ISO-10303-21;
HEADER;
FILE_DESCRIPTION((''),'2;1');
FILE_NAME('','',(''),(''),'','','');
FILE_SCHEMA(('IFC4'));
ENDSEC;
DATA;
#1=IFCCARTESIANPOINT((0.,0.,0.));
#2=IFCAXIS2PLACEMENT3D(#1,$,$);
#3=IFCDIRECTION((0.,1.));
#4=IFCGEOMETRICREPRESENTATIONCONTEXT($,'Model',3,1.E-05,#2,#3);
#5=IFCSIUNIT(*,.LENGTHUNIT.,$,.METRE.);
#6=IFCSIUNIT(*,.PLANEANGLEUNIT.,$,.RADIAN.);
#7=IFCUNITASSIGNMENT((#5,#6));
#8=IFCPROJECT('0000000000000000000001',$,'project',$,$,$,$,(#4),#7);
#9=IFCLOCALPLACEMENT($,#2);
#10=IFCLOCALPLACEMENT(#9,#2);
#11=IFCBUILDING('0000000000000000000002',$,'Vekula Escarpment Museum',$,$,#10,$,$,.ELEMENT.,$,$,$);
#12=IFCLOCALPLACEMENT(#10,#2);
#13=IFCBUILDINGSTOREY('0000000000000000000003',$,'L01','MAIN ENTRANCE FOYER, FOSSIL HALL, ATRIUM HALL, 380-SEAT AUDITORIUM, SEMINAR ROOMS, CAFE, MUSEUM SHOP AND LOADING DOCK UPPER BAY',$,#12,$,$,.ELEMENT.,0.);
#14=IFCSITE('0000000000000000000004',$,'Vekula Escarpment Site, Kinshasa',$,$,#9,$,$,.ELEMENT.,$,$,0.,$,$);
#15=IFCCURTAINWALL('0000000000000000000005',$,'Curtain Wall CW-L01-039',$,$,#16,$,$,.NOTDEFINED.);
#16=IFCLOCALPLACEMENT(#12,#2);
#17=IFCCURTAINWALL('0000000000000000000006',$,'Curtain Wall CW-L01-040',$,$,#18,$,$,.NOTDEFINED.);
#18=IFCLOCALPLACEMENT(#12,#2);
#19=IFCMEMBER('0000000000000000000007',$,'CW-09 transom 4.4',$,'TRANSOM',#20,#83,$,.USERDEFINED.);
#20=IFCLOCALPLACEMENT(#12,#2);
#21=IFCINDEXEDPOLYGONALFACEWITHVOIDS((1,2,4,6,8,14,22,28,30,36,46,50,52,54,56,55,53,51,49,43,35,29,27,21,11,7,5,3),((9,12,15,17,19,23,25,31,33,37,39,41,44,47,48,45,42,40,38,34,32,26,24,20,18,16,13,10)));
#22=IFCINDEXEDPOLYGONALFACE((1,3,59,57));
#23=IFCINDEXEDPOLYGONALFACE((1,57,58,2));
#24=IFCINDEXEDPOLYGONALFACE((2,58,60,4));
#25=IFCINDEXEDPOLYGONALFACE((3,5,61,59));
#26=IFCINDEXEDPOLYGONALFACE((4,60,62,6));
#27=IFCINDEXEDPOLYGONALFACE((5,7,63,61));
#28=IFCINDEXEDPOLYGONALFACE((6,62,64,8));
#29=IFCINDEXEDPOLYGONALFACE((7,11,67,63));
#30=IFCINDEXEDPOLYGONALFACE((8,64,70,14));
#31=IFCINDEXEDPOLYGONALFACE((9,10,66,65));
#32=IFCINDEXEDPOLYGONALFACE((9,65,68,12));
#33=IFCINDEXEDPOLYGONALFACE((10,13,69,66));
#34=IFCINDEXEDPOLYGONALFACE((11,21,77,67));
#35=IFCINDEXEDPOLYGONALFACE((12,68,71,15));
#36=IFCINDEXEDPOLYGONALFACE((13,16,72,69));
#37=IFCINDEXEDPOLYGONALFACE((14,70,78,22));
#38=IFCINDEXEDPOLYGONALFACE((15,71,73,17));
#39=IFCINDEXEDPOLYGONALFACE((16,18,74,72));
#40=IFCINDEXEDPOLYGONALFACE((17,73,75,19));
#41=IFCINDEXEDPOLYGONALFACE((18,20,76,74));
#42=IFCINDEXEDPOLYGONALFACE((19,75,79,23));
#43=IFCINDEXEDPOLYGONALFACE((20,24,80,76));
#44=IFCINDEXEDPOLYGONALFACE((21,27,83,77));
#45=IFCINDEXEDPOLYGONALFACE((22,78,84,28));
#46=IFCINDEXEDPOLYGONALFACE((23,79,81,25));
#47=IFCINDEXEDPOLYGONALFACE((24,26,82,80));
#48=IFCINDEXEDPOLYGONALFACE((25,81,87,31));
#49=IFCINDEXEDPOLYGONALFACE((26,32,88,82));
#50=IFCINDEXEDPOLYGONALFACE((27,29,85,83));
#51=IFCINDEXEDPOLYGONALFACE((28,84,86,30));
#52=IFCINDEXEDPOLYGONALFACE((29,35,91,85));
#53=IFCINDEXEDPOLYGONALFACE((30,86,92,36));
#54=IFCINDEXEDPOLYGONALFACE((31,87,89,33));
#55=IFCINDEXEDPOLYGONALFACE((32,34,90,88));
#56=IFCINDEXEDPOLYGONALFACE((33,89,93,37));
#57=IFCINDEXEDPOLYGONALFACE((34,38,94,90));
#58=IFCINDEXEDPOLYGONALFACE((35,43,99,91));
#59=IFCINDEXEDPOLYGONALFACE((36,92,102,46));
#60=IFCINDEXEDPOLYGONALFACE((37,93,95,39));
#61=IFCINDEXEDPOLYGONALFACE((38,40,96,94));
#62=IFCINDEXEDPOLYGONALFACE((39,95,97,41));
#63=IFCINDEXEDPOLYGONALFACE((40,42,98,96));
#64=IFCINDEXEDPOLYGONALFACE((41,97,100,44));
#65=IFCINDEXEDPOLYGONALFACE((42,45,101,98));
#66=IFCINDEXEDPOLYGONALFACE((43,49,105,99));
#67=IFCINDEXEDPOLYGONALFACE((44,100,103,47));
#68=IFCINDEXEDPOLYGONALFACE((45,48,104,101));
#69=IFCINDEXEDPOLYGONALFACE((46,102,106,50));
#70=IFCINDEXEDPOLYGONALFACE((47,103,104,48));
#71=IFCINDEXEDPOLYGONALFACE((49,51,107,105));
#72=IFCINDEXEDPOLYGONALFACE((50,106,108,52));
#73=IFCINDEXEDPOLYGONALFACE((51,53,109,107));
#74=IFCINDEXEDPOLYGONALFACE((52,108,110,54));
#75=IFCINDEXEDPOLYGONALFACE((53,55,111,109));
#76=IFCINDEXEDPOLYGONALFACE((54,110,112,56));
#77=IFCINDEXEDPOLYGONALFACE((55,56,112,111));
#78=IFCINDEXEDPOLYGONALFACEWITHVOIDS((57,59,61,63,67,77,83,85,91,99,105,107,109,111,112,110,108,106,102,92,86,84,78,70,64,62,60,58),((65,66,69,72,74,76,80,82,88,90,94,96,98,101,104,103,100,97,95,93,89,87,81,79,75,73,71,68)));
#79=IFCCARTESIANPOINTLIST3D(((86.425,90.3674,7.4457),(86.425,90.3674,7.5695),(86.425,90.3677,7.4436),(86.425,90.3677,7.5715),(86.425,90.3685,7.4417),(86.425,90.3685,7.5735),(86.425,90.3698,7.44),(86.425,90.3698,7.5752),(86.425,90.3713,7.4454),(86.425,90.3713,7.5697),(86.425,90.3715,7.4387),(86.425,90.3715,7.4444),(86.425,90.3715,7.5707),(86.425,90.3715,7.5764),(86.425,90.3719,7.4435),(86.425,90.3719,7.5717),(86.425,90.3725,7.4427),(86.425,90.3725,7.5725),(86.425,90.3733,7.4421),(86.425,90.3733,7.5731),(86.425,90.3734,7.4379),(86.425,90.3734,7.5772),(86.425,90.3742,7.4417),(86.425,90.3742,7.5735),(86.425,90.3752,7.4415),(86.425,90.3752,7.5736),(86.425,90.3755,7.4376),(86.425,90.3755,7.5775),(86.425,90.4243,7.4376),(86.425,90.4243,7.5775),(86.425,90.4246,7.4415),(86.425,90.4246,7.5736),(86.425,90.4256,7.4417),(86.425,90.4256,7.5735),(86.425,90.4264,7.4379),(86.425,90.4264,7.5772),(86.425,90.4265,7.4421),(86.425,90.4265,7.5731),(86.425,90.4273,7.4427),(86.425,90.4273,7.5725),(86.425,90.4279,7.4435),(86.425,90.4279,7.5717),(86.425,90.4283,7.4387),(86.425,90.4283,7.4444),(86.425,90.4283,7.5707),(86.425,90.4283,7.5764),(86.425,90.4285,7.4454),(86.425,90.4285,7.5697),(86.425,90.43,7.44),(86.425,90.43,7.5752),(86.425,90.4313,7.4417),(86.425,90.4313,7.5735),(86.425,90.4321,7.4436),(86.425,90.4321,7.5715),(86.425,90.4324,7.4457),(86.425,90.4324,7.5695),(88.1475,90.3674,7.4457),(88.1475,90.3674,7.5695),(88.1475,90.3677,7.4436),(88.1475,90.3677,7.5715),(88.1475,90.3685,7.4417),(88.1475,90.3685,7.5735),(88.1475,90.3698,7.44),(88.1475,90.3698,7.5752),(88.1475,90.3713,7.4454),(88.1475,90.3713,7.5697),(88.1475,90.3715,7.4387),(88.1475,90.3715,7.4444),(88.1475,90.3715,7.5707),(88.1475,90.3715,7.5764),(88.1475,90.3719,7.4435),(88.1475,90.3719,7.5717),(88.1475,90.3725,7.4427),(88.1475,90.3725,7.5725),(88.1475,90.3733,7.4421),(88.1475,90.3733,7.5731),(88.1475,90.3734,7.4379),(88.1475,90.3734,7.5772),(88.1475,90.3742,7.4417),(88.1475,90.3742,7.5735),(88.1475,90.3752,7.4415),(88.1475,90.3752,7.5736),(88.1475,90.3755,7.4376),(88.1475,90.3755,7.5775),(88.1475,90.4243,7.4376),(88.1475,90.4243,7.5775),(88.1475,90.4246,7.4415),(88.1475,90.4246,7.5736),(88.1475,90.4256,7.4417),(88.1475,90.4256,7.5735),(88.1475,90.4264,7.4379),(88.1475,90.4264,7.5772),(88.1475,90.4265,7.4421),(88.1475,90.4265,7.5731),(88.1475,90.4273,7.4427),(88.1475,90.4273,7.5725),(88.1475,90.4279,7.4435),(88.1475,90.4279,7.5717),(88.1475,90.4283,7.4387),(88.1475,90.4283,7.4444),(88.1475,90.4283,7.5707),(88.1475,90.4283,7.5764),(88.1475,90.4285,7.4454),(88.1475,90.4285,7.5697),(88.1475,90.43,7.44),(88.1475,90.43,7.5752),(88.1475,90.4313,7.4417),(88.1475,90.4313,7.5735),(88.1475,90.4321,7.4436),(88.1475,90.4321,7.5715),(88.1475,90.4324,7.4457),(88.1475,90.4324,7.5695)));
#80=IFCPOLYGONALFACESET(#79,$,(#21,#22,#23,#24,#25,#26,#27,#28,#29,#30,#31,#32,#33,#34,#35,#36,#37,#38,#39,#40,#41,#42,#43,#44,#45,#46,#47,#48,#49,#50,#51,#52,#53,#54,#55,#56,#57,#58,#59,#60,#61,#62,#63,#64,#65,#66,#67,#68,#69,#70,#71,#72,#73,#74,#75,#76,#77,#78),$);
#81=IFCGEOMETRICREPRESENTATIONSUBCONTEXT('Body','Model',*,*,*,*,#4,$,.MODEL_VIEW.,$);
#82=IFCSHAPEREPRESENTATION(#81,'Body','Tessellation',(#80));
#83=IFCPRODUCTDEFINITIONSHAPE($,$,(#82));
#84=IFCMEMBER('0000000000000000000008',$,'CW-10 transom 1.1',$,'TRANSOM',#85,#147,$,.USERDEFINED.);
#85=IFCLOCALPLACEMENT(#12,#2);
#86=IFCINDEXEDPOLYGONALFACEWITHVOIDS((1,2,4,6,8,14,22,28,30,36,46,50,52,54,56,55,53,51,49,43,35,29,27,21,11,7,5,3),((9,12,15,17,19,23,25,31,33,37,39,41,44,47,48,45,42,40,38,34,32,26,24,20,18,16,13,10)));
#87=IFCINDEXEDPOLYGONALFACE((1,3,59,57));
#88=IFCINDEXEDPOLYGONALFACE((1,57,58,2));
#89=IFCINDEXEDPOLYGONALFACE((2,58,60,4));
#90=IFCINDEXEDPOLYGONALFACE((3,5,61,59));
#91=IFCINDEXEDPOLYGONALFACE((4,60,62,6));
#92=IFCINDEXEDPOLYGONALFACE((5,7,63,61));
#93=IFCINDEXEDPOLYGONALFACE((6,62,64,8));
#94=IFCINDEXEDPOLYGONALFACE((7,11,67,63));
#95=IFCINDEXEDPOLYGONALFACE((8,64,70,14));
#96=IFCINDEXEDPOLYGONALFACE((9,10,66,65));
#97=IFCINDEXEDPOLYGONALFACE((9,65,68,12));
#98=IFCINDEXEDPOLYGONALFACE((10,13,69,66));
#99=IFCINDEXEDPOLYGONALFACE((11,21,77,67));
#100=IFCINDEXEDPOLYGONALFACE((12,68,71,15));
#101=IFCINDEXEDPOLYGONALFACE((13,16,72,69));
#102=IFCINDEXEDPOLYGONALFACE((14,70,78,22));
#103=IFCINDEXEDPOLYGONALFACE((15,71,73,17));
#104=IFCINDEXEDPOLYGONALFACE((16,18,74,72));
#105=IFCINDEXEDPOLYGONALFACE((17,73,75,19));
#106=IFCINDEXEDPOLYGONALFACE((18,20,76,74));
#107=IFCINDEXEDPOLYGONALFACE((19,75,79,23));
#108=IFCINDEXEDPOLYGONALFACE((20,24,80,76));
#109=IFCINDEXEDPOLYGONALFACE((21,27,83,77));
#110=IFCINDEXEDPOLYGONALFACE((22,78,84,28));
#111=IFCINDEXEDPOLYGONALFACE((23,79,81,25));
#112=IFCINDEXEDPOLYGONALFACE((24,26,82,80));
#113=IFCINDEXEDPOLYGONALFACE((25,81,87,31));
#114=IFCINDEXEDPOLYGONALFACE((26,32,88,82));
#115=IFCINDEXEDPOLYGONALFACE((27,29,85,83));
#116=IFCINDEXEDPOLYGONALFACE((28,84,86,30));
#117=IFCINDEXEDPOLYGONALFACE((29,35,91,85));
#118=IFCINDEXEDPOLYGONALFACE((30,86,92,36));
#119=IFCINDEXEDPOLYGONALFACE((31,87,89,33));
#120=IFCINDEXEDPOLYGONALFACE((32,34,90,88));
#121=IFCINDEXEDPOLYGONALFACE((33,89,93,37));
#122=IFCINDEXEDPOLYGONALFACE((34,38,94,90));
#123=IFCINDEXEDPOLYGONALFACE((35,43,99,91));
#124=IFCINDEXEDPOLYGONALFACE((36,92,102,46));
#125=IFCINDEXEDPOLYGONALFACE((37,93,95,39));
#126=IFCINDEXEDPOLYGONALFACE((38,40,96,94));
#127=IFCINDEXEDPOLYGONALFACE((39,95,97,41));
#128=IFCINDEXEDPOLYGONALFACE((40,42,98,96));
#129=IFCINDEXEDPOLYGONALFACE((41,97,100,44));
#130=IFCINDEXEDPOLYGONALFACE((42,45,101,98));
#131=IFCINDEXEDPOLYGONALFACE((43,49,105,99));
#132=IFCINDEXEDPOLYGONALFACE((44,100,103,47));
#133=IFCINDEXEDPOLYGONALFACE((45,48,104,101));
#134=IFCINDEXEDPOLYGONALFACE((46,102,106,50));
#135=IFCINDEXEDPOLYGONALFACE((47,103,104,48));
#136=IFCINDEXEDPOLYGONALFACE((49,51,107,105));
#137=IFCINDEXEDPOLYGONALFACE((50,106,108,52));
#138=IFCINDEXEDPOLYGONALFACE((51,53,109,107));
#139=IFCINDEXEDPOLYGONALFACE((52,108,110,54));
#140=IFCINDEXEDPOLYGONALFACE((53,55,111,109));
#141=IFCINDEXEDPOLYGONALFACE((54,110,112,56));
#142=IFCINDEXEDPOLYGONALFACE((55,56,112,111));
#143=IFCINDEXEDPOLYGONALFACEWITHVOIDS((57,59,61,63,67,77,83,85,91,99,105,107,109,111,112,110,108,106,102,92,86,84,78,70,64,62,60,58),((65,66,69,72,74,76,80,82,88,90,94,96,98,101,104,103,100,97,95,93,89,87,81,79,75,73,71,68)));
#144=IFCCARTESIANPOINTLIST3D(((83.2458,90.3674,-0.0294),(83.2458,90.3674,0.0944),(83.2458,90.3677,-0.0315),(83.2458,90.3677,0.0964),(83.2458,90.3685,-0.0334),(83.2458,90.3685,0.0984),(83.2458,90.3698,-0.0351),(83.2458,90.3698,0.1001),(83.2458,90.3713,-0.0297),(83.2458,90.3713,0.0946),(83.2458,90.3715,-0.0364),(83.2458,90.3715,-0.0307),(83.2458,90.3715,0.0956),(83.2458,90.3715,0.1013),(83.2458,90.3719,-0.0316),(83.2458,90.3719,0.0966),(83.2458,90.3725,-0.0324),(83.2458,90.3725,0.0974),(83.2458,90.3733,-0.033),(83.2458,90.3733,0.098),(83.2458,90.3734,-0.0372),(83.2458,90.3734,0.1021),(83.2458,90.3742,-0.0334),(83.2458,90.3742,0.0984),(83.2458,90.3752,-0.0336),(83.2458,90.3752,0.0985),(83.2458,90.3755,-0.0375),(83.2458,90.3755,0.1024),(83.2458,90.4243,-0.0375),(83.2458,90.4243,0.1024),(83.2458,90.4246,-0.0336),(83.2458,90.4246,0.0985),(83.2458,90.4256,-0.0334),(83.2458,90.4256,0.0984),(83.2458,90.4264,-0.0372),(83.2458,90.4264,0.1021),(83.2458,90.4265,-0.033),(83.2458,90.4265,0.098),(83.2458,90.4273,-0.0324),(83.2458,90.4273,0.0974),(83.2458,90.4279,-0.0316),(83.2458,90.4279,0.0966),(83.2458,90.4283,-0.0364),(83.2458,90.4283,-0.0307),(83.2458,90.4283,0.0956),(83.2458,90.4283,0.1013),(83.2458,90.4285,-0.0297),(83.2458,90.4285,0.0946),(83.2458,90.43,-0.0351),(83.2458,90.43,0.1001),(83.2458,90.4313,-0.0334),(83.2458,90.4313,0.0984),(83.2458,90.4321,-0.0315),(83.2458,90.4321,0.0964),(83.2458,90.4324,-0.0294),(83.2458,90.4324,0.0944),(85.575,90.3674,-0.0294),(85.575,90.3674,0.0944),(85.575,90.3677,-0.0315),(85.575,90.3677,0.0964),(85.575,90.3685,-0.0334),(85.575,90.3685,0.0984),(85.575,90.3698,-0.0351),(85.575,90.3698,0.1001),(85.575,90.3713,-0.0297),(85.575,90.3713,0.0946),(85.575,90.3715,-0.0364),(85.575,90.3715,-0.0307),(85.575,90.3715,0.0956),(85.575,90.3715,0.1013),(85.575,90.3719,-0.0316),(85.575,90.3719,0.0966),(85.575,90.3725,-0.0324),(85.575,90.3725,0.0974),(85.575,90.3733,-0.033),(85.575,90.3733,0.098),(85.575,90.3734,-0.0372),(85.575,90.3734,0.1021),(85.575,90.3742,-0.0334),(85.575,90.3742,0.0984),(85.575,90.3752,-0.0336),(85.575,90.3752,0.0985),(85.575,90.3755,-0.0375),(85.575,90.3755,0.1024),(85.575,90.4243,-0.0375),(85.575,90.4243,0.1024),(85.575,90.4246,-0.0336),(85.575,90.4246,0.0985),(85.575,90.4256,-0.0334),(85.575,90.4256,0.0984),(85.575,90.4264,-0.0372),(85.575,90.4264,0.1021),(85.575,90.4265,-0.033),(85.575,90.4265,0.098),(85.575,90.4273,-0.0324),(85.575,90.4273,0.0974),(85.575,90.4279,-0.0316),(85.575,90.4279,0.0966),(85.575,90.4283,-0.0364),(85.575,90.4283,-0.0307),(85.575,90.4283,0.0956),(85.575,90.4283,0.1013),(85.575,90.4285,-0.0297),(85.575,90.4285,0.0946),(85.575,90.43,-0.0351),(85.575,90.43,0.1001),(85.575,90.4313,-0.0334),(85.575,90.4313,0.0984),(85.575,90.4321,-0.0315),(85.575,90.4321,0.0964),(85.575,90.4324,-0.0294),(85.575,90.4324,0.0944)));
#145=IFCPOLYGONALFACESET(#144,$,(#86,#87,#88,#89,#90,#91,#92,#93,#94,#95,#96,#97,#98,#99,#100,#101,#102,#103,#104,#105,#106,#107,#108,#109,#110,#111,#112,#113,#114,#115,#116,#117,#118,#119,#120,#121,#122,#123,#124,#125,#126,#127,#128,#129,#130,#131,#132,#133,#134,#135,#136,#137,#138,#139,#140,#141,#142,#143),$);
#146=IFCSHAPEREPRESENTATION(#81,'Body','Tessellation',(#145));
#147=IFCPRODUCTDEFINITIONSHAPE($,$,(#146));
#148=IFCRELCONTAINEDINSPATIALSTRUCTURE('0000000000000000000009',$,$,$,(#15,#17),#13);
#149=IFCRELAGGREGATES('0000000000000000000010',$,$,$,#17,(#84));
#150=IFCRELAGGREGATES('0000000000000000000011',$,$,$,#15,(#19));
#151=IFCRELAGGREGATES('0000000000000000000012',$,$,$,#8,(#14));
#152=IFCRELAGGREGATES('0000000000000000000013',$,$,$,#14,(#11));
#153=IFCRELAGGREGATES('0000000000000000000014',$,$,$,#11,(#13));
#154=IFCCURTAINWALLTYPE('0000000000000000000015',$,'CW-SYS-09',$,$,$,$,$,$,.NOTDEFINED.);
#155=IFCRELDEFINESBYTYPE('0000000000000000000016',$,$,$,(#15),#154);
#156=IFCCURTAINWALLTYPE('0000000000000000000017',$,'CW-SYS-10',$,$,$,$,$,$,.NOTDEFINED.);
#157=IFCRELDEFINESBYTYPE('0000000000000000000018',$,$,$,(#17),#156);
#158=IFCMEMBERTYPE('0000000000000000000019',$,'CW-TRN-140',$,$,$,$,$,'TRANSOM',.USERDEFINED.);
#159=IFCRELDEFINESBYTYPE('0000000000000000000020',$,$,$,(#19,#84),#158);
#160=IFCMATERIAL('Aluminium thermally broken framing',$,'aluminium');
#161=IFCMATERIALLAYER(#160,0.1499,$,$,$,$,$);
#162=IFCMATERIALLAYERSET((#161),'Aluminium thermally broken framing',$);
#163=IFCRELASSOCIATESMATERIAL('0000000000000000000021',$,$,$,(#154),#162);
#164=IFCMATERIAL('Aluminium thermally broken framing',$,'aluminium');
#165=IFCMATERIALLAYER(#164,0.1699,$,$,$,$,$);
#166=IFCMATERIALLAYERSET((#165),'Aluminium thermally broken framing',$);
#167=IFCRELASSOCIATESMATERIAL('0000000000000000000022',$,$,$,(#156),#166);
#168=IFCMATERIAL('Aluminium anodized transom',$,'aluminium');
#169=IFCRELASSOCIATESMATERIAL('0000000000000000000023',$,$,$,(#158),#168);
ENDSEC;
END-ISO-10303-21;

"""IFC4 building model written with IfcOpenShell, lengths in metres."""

from ifc_helpers import new_model, si_unit, direction, frame, origin, origin_2d, place, context, subcontext, project, spatial, hollow_rectangle, extrude, material, layer, layer_set, material_profile, profile_set, type_object, element, aggregate, save


model = new_model("IFC4")

# Units and contexts
model_context = context("Model", 3, precision=1e-05, world=origin(), true_north=direction((0.0, 1.0)))
body_context = subcontext(model_context, "Body", "Model", "MODEL_VIEW")
ifc_project = project(units=[si_unit("LENGTHUNIT", "METRE"), si_unit("PLANEANGLEUNIT", "RADIAN")], contexts=[model_context])

# Site, building, storey
site_placement = place(None, origin())
site = spatial("IfcSite", under=ifc_project, at=site_placement, Name="Vekula Escarpment Site, Kinshasa", CompositionType="ELEMENT", RefElevation=0.0)
building_placement = place(site_placement, origin())
building = spatial("IfcBuilding", under=site, at=building_placement, Name="Vekula Escarpment Museum", CompositionType="ELEMENT")
storey_placement = place(building_placement, origin())
storey = spatial("IfcBuildingStorey", under=building, at=storey_placement, Name="L01", Description="MAIN ENTRANCE FOYER, FOSSIL HALL, ATRIUM HALL, 380-SEAT AUDITORIUM, SEMINAR ROOMS, CAFE, MUSEUM SHOP AND LOADING DOCK UPPER BAY", CompositionType="ELEMENT", Elevation=0.0)

# Curtain walls
ifc_material_1 = material(Name="Aluminium thermally broken framing", Category="aluminium")
ifc_layer_1 = layer(ifc_material_1, 0.1499)
ifc_layer_set_1 = layer_set([ifc_layer_1], Name="Aluminium thermally broken framing")
curtain_wall_type_1 = type_object("IfcCurtainWallType", Name="CW-SYS-09", PredefinedType="NOTDEFINED", material=ifc_layer_set_1)
curtain_wall_1_placement = place(storey_placement, origin())
curtain_wall_1 = element("IfcCurtainWall", 1, at=curtain_wall_1_placement, inside=storey, type_object=curtain_wall_type_1, Name="Curtain Wall CW-L01-039", PredefinedType="NOTDEFINED")
ifc_material_2 = material(Name="Aluminium thermally broken framing", Category="aluminium")
ifc_layer_2 = layer(ifc_material_2, 0.1699)
ifc_layer_set_2 = layer_set([ifc_layer_2], Name="Aluminium thermally broken framing")
curtain_wall_type_2 = type_object("IfcCurtainWallType", Name="CW-SYS-10", PredefinedType="NOTDEFINED", material=ifc_layer_set_2)
curtain_wall_2_placement = place(storey_placement, origin())
curtain_wall_2 = element("IfcCurtainWall", 2, at=curtain_wall_2_placement, inside=storey, type_object=curtain_wall_type_2, Name="Curtain Wall CW-L01-040", PredefinedType="NOTDEFINED")

# Members
ifc_material_3 = material(Name="Aluminium anodized transom", Category="aluminium")
ifc_material_profile_1 = material_profile(ifc_material_3, hollow_rectangle(XDim=0.0649, YDim=0.1399, WallThickness=0.0039, InnerFilletRadius=0.0039, OuterFilletRadius=0.0081, at=origin_2d()), Name="ALU 140x65x4")
ifc_profile_set_1 = profile_set([ifc_material_profile_1], Name="Aluminium anodized transom")
member_type_1 = type_object("IfcMemberType", Name="CW-TRN-140", ElementType="TRANSOM", PredefinedType="USERDEFINED", material=ifc_profile_set_1)
member_1_placement = place(storey_placement, frame((88.1475, 90.3999, 7.5076), z_axis=(-1.0, 0.0, 0.0), x_axis=(0.0, -1.0, 0.0)))
member_1 = element("IfcMember", 3, at=member_1_placement, type_object=member_type_1, Name="CW-09 transom 4.4", ObjectType="TRANSOM", PredefinedType="USERDEFINED", context=body_context, shape_type="SweptSolid", body=[
    extrude(hollow_rectangle(XDim=0.0649, YDim=0.1399, WallThickness=0.0039, InnerFilletRadius=0.0039, OuterFilletRadius=0.0081, at=origin_2d()), origin(), (0.0, 0.0, 1.0), 1.7224),
])
member_2_placement = place(storey_placement, frame((85.575, 90.3999, 0.0325), z_axis=(-1.0, 0.0, 0.0), x_axis=(0.0, -1.0, 0.0)))
member_2 = element("IfcMember", 4, at=member_2_placement, type_object=member_type_1, Name="CW-10 transom 1.1", ObjectType="TRANSOM", PredefinedType="USERDEFINED", context=body_context, shape_type="SweptSolid", body=[
    extrude(hollow_rectangle(XDim=0.0649, YDim=0.1399, WallThickness=0.0039, InnerFilletRadius=0.0039, OuterFilletRadius=0.0081, at=origin_2d()), origin(), (0.0, 0.0, 1.0), 2.3291),
])

aggregate(curtain_wall_2, [member_2])
aggregate(curtain_wall_1, [member_1])

save(model, "model.ifc")
